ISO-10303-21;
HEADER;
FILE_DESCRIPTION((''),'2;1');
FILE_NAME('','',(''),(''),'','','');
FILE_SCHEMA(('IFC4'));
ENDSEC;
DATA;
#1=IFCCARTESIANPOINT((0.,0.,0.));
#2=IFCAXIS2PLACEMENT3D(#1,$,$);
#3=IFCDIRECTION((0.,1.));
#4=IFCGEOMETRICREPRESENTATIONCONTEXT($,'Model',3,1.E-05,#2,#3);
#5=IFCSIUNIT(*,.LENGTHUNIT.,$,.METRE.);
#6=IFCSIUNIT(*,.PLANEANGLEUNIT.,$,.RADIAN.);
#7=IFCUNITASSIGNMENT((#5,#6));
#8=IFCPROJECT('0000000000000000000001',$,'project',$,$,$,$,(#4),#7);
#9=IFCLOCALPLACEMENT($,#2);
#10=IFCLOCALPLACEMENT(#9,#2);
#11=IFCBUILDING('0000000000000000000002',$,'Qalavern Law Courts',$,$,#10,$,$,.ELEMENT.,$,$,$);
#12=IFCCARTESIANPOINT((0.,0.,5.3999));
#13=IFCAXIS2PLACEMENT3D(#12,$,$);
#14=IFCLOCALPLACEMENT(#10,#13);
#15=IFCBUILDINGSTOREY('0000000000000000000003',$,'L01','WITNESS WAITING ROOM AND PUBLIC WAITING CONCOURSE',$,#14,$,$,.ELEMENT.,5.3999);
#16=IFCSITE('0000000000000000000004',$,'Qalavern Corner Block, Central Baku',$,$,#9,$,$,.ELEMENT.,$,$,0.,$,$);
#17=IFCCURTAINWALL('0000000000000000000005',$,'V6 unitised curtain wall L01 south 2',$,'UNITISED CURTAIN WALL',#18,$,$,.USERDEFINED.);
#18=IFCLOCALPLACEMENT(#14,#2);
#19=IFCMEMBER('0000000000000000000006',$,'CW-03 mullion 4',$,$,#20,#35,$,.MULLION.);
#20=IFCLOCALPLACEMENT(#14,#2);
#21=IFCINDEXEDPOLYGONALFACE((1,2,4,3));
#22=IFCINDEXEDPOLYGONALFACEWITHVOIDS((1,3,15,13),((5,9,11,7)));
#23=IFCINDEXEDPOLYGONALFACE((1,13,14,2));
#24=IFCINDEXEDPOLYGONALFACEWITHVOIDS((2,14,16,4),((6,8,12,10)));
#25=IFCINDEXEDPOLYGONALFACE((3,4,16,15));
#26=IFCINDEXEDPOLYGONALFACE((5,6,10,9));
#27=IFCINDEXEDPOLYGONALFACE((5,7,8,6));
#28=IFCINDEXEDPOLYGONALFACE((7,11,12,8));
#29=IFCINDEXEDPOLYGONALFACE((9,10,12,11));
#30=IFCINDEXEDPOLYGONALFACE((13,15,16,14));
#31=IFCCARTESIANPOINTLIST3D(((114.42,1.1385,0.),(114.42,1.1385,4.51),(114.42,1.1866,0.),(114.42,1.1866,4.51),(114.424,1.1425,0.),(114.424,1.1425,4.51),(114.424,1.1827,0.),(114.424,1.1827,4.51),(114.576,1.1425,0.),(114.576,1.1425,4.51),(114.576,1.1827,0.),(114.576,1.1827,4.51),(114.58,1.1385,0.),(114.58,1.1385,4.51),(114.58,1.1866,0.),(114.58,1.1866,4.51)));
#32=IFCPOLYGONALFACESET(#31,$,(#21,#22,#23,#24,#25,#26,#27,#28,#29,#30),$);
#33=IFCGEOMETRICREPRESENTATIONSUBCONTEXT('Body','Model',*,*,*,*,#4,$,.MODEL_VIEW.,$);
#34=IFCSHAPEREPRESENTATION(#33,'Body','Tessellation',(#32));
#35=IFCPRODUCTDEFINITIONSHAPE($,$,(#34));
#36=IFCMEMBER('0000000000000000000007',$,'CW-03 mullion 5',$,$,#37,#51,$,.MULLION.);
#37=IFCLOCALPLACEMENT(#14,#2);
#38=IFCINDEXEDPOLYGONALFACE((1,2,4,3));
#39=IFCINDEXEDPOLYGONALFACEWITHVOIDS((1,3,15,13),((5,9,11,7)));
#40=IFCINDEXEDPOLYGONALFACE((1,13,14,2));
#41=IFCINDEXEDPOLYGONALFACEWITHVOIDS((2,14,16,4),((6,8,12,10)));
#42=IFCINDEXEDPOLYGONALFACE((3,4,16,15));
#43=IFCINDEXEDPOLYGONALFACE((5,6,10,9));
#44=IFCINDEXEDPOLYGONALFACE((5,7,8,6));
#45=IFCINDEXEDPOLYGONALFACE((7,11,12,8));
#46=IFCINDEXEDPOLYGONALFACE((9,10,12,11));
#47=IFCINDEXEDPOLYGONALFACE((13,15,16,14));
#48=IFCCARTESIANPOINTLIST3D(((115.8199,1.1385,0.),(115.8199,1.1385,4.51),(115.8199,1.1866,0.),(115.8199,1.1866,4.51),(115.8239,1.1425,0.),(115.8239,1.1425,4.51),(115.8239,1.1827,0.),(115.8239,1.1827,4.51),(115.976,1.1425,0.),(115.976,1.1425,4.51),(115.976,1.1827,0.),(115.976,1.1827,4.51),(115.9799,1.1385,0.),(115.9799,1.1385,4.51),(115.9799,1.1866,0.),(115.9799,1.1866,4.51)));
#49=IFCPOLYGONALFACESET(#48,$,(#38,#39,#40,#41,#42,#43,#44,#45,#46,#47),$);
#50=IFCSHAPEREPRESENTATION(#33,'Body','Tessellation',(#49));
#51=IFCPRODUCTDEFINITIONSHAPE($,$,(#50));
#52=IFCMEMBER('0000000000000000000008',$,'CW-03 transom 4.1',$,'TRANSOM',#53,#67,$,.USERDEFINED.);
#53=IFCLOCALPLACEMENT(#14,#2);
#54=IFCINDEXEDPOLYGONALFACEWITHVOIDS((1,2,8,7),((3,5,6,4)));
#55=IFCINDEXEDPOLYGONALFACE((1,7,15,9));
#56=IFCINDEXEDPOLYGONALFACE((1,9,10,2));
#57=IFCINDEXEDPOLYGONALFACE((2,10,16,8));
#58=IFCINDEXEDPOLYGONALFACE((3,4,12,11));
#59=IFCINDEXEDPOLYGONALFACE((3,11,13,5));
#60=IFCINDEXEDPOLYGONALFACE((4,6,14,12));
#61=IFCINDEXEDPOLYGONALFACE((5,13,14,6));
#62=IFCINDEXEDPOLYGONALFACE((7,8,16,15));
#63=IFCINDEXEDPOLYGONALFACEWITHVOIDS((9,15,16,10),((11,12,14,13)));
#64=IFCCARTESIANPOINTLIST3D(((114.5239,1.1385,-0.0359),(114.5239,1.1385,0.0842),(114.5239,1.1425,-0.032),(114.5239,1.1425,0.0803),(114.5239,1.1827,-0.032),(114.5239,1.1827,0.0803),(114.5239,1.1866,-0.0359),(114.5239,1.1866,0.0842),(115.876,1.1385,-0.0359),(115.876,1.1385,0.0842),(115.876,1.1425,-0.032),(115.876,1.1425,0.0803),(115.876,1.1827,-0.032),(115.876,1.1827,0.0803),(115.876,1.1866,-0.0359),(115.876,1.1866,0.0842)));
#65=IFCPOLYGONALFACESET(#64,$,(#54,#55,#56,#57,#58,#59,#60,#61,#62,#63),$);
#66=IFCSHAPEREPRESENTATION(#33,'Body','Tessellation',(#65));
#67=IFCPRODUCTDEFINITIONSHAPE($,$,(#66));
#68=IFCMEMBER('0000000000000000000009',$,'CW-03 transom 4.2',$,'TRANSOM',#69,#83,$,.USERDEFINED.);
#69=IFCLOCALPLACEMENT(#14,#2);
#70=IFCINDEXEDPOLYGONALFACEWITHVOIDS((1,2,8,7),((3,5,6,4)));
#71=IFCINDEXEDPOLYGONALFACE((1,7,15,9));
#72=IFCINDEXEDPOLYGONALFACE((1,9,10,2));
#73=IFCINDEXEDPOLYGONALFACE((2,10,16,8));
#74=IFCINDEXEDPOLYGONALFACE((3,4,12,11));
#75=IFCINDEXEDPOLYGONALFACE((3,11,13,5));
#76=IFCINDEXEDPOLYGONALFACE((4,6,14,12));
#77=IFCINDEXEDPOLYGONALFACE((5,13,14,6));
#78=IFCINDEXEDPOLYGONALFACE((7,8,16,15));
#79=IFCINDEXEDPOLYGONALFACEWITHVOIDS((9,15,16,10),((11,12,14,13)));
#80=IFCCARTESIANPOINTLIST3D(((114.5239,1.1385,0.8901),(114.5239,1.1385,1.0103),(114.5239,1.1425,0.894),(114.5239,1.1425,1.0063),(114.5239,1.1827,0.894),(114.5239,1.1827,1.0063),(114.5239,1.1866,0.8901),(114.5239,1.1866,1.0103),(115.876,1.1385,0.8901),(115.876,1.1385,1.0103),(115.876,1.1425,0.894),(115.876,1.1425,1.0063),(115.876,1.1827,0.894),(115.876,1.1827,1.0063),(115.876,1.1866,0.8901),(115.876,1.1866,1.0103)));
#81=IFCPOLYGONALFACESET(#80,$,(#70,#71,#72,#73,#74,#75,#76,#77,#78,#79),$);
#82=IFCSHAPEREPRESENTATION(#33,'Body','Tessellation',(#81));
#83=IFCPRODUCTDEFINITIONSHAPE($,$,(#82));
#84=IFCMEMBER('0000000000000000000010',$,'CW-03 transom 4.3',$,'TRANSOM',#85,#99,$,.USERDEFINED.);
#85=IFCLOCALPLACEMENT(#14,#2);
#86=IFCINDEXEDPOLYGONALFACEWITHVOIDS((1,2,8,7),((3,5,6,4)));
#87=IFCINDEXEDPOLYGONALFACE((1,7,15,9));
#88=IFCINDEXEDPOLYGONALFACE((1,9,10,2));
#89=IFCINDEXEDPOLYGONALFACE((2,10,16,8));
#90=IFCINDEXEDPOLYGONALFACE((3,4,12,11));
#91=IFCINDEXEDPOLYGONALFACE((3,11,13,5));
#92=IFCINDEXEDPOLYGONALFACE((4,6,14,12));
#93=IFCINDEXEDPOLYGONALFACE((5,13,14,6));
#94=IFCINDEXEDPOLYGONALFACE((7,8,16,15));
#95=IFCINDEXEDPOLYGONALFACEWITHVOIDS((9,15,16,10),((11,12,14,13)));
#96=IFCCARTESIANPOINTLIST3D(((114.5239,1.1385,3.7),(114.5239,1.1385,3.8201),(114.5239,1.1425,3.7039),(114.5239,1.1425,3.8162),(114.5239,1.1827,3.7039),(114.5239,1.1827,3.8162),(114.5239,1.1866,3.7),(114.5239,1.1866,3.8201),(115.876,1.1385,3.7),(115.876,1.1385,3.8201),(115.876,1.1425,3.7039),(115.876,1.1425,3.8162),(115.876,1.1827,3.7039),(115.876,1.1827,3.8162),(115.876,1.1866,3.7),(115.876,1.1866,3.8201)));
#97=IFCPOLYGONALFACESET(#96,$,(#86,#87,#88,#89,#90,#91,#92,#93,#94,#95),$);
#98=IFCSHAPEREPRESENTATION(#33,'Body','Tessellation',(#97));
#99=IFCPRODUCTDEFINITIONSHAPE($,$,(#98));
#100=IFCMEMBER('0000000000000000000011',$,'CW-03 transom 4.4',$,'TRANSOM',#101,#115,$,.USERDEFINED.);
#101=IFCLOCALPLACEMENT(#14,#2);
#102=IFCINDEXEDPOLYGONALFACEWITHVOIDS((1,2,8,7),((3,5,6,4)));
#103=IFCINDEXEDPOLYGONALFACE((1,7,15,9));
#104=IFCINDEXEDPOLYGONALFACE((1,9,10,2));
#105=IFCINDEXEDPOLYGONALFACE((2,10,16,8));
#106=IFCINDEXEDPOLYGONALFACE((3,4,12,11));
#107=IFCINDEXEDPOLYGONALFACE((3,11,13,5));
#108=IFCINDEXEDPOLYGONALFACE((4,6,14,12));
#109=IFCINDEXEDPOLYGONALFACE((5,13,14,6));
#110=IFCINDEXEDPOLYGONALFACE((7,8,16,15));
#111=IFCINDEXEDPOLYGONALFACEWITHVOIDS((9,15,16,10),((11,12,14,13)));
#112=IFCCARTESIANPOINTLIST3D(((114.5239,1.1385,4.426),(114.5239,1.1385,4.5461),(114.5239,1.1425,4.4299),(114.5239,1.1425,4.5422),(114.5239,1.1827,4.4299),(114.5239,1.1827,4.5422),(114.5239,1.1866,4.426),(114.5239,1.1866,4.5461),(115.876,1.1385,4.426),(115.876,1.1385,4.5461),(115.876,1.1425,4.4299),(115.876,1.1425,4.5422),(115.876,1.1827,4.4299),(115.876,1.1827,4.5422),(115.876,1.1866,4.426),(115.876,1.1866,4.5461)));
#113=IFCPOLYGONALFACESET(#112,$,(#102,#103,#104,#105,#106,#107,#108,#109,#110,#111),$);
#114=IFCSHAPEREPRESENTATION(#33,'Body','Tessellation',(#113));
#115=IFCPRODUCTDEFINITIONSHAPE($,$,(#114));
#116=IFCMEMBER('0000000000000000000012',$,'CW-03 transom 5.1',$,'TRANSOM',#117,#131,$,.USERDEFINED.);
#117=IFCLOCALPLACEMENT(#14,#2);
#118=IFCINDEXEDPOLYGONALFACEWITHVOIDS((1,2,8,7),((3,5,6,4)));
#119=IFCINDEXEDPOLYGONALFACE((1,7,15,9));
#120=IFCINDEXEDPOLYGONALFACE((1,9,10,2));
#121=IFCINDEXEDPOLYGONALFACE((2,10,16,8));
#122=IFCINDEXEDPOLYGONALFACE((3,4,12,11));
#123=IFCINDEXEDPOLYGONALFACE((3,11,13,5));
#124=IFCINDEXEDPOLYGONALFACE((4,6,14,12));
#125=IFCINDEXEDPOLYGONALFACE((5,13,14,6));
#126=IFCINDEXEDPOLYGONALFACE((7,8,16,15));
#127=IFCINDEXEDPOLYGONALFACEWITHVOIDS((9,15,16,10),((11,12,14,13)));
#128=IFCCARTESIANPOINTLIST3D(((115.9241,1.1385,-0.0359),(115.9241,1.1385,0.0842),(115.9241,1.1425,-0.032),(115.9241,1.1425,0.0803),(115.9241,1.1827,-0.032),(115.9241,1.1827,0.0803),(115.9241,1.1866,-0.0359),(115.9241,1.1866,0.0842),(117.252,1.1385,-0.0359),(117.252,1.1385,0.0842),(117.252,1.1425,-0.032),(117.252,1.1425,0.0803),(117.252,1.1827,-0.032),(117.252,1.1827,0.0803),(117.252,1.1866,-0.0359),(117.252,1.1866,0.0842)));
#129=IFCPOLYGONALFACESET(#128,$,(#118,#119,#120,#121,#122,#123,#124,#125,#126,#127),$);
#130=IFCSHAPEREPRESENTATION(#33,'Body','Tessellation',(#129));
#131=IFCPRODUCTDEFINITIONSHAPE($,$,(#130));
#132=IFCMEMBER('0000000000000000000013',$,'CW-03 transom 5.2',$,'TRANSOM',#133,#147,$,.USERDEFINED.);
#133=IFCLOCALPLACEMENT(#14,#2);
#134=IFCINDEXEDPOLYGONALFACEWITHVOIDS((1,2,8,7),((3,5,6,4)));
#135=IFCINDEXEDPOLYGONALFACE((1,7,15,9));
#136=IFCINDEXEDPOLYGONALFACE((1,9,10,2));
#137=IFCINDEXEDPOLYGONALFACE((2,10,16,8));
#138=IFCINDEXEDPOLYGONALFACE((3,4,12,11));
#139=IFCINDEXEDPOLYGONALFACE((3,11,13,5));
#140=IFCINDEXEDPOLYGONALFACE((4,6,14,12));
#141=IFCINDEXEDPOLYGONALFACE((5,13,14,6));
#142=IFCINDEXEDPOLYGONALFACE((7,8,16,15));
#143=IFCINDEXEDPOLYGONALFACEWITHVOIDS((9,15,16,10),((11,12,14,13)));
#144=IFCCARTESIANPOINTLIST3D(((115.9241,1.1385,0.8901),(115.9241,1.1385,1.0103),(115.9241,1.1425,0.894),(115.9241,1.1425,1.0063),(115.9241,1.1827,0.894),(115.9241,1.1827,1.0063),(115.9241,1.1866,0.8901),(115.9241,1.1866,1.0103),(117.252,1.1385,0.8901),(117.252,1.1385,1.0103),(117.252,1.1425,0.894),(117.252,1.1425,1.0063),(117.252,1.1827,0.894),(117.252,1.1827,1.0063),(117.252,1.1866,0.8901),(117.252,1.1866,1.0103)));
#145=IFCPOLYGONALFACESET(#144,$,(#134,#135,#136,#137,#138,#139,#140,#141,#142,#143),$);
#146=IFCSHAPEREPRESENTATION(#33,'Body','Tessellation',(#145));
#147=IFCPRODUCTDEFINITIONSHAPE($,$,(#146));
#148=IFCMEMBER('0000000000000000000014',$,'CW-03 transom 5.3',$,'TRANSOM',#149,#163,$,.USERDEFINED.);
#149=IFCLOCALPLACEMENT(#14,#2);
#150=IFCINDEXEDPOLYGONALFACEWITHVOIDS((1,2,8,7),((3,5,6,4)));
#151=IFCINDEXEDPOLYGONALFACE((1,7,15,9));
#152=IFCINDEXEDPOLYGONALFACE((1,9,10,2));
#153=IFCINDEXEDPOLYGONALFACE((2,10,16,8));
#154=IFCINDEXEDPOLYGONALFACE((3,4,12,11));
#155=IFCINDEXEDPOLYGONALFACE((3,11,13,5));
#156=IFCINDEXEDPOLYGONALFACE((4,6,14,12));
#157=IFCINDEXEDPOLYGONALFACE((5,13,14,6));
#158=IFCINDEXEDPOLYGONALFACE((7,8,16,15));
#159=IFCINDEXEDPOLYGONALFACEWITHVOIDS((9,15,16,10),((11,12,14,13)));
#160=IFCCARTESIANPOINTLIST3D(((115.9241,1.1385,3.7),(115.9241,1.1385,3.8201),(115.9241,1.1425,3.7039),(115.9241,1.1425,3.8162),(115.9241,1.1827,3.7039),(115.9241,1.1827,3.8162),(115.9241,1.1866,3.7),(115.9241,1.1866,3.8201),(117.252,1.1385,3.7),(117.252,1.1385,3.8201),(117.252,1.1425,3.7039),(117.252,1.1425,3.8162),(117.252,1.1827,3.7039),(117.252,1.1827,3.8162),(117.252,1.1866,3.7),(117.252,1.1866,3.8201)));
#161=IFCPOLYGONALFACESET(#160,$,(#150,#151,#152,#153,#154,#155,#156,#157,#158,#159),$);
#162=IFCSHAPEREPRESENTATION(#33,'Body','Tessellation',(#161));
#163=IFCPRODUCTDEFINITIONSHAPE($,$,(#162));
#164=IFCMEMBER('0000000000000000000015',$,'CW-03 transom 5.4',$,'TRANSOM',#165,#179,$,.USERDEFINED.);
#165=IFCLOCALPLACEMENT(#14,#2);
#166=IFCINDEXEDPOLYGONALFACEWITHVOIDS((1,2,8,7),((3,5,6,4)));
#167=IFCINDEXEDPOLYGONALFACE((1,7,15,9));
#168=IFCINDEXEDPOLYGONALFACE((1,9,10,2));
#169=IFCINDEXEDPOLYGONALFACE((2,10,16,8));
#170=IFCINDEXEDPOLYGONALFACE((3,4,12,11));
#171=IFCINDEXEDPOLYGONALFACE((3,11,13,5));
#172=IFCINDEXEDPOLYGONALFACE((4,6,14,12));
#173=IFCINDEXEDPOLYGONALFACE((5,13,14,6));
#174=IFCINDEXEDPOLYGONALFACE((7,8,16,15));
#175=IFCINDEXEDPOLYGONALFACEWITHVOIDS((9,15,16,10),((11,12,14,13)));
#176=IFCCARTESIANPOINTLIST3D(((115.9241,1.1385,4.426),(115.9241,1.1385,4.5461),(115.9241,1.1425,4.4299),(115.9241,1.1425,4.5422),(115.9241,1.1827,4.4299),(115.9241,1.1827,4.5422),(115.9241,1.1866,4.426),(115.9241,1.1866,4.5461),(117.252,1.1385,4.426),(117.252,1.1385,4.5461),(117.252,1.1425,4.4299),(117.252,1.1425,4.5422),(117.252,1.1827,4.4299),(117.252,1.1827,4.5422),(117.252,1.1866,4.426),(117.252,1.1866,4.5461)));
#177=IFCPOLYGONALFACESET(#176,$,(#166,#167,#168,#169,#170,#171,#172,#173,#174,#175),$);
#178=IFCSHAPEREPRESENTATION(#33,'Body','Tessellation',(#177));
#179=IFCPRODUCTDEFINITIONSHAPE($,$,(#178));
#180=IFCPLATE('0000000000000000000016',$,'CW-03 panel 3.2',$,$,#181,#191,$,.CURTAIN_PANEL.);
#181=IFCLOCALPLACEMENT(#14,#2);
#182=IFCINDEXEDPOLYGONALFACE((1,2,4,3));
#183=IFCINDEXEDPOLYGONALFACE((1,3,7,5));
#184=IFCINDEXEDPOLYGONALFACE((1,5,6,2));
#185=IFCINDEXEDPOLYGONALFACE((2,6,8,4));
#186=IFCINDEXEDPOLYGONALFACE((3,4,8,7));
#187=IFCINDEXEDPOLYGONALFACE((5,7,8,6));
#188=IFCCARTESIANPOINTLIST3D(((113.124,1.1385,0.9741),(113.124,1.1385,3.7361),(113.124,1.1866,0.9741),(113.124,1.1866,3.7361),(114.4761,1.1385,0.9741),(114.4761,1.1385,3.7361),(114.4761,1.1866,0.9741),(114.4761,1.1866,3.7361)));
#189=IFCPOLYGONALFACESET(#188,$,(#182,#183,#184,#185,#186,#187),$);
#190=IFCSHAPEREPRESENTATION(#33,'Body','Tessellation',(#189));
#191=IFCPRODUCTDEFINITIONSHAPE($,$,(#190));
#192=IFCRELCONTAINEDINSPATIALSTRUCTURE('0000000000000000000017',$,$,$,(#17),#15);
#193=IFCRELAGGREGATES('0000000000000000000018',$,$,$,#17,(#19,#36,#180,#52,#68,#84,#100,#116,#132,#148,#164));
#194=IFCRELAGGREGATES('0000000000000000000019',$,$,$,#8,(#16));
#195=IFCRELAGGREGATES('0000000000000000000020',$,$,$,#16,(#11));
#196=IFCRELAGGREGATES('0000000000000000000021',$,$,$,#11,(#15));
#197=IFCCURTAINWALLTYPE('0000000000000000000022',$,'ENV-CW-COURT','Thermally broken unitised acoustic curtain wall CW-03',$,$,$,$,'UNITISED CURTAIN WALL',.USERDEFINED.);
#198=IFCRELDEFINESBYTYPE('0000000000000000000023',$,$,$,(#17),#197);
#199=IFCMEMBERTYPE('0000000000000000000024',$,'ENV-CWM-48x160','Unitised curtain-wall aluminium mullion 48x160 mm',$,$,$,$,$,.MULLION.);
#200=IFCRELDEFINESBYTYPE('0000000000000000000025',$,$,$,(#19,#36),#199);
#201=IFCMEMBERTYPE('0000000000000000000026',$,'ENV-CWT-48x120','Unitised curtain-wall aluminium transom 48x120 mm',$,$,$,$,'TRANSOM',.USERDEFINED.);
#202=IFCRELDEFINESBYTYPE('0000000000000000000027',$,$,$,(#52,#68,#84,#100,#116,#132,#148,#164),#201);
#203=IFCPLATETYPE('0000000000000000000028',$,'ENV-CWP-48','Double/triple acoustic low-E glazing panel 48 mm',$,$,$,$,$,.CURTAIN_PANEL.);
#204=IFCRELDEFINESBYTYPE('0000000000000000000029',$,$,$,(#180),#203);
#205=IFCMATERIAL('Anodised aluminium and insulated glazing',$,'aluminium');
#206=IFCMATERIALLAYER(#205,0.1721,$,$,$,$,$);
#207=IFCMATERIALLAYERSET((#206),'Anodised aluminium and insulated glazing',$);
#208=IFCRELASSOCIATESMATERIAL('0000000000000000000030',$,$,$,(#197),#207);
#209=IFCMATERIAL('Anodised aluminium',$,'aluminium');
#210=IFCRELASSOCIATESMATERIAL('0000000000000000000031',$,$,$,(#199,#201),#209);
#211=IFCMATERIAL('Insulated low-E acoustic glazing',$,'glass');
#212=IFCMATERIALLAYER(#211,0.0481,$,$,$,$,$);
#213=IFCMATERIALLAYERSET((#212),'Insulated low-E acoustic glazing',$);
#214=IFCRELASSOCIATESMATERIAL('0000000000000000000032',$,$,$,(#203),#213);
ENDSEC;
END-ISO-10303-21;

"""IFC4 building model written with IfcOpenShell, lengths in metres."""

from ifc_helpers import new_model, si_unit, direction, frame, origin, origin_2d, place, context, subcontext, project, spatial, rectangle, hollow_rectangle, extrude, material, layer, layer_set, material_profile, profile_set, type_object, element, aggregate, save


model = new_model("IFC4")

# Units and contexts
model_context = context("Model", 3, precision=1e-05, world=origin(), true_north=direction((0.0, 1.0)))
body_context = subcontext(model_context, "Body", "Model", "MODEL_VIEW")
ifc_project = project(units=[si_unit("LENGTHUNIT", "METRE"), si_unit("PLANEANGLEUNIT", "RADIAN")], contexts=[model_context])

# Site, building, storey
site_placement = place(None, origin())
site = spatial("IfcSite", under=ifc_project, at=site_placement, Name="Qalavern Corner Block, Central Baku", CompositionType="ELEMENT", RefElevation=0.0)
building_placement = place(site_placement, origin())
building = spatial("IfcBuilding", under=site, at=building_placement, Name="Qalavern Law Courts", CompositionType="ELEMENT")
storey_placement = place(building_placement, frame((0.0, 0.0, 5.3999)))
storey = spatial("IfcBuildingStorey", under=building, at=storey_placement, Name="L01", Description="WITNESS WAITING ROOM AND PUBLIC WAITING CONCOURSE", CompositionType="ELEMENT", Elevation=5.3999)

# Curtain wall, members, plate
ifc_material_1 = material(Name="Anodised aluminium and insulated glazing", Category="aluminium")
ifc_layer_1 = layer(ifc_material_1, 0.1721)
ifc_layer_set_1 = layer_set([ifc_layer_1], Name="Anodised aluminium and insulated glazing")
curtain_wall_type = type_object("IfcCurtainWallType", Name="ENV-CW-COURT", Description="Thermally broken unitised acoustic curtain wall CW-03", ElementType="UNITISED CURTAIN WALL", PredefinedType="USERDEFINED", material=ifc_layer_set_1)
curtain_wall_placement = place(storey_placement, origin())
curtain_wall = element("IfcCurtainWall", 1, at=curtain_wall_placement, inside=storey, type_object=curtain_wall_type, Name="V6 unitised curtain wall L01 south 2", ObjectType="UNITISED CURTAIN WALL", PredefinedType="USERDEFINED")
ifc_material_2 = material(Name="Anodised aluminium", Category="aluminium")
ifc_material_profile_1 = material_profile(ifc_material_2, hollow_rectangle(XDim=0.0481, YDim=0.1599, WallThickness=0.0039, at=origin_2d()), Name="ALU MULLION 48x160")
ifc_profile_set_1 = profile_set([ifc_material_profile_1], Name="Anodised aluminium")
member_type_1 = type_object("IfcMemberType", Name="ENV-CWM-48x160", Description="Unitised curtain-wall aluminium mullion 48x160 mm", PredefinedType="MULLION", material=ifc_profile_set_1)
member_1_placement = place(storey_placement, frame((114.5, 1.1626, 0.0), z_axis=(0.0, 0.0, 1.0), x_axis=(0.0, 1.0, 0.0)))
member_1 = element("IfcMember", 2, at=member_1_placement, type_object=member_type_1, Name="CW-03 mullion 4", PredefinedType="MULLION", context=body_context, shape_type="SweptSolid", body=[
    extrude(hollow_rectangle(XDim=0.0481, YDim=0.1599, WallThickness=0.0039, at=origin_2d()), origin(), (0.0, 0.0, 1.0), 4.51),
])
member_2_placement = place(storey_placement, frame((115.8999, 1.1626, 0.0), z_axis=(0.0, 0.0, 1.0), x_axis=(0.0, 1.0, 0.0)))
member_2 = element("IfcMember", 3, at=member_2_placement, type_object=member_type_1, Name="CW-03 mullion 5", PredefinedType="MULLION", context=body_context, shape_type="SweptSolid", body=[
    extrude(hollow_rectangle(XDim=0.0481, YDim=0.1599, WallThickness=0.0039, at=origin_2d()), origin(), (0.0, 0.0, 1.0), 4.51),
])
ifc_material_profile_2 = material_profile(ifc_material_2, hollow_rectangle(XDim=0.0481, YDim=0.1201, WallThickness=0.0039, at=origin_2d()), Name="ALU TRANSOM 48x120")
ifc_profile_set_2 = profile_set([ifc_material_profile_2], Name="Anodised aluminium")
member_type_2 = type_object("IfcMemberType", Name="ENV-CWT-48x120", Description="Unitised curtain-wall aluminium transom 48x120 mm", ElementType="TRANSOM", PredefinedType="USERDEFINED", material=ifc_profile_set_2)
member_3_placement = place(storey_placement, frame((114.5239, 1.1626, 0.0242), z_axis=(1.0, 0.0, 0.0), x_axis=(0.0, 1.0, 0.0)))
member_3 = element("IfcMember", 4, at=member_3_placement, type_object=member_type_2, Name="CW-03 transom 4.1", ObjectType="TRANSOM", PredefinedType="USERDEFINED", context=body_context, shape_type="SweptSolid", body=[
    extrude(hollow_rectangle(XDim=0.0481, YDim=0.1201, WallThickness=0.0039, at=origin_2d()), origin(), (0.0, 0.0, 1.0), 1.3521),
])
member_4_placement = place(storey_placement, frame((114.5239, 1.1626, 0.9502), z_axis=(1.0, 0.0, 0.0), x_axis=(0.0, 1.0, 0.0)))
member_4 = element("IfcMember", 5, at=member_4_placement, type_object=member_type_2, Name="CW-03 transom 4.2", ObjectType="TRANSOM", PredefinedType="USERDEFINED", context=body_context, shape_type="SweptSolid", body=[
    extrude(hollow_rectangle(XDim=0.0481, YDim=0.1201, WallThickness=0.0039, at=origin_2d()), origin(), (0.0, 0.0, 1.0), 1.3521),
])
member_5_placement = place(storey_placement, frame((114.5239, 1.1626, 3.76), z_axis=(1.0, 0.0, 0.0), x_axis=(0.0, 1.0, 0.0)))
member_5 = element("IfcMember", 6, at=member_5_placement, type_object=member_type_2, Name="CW-03 transom 4.3", ObjectType="TRANSOM", PredefinedType="USERDEFINED", context=body_context, shape_type="SweptSolid", body=[
    extrude(hollow_rectangle(XDim=0.0481, YDim=0.1201, WallThickness=0.0039, at=origin_2d()), origin(), (0.0, 0.0, 1.0), 1.3521),
])
member_6_placement = place(storey_placement, frame((114.5239, 1.1626, 4.4861), z_axis=(1.0, 0.0, 0.0), x_axis=(0.0, 1.0, 0.0)))
member_6 = element("IfcMember", 7, at=member_6_placement, type_object=member_type_2, Name="CW-03 transom 4.4", ObjectType="TRANSOM", PredefinedType="USERDEFINED", context=body_context, shape_type="SweptSolid", body=[
    extrude(hollow_rectangle(XDim=0.0481, YDim=0.1201, WallThickness=0.0039, at=origin_2d()), origin(), (0.0, 0.0, 1.0), 1.3521),
])
member_7_placement = place(storey_placement, frame((115.9241, 1.1626, 0.0242), z_axis=(1.0, 0.0, 0.0), x_axis=(0.0, 1.0, 0.0)))
member_7 = element("IfcMember", 8, at=member_7_placement, type_object=member_type_2, Name="CW-03 transom 5.1", ObjectType="TRANSOM", PredefinedType="USERDEFINED", context=body_context, shape_type="SweptSolid", body=[
    extrude(hollow_rectangle(XDim=0.0481, YDim=0.1201, WallThickness=0.0039, at=origin_2d()), origin(), (0.0, 0.0, 1.0), 1.3279),
])
member_8_placement = place(storey_placement, frame((115.9241, 1.1626, 0.9502), z_axis=(1.0, 0.0, 0.0), x_axis=(0.0, 1.0, 0.0)))
member_8 = element("IfcMember", 9, at=member_8_placement, type_object=member_type_2, Name="CW-03 transom 5.2", ObjectType="TRANSOM", PredefinedType="USERDEFINED", context=body_context, shape_type="SweptSolid", body=[
    extrude(hollow_rectangle(XDim=0.0481, YDim=0.1201, WallThickness=0.0039, at=origin_2d()), origin(), (0.0, 0.0, 1.0), 1.3279),
])
member_9_placement = place(storey_placement, frame((115.9241, 1.1626, 3.76), z_axis=(1.0, 0.0, 0.0), x_axis=(0.0, 1.0, 0.0)))
member_9 = element("IfcMember", 10, at=member_9_placement, type_object=member_type_2, Name="CW-03 transom 5.3", ObjectType="TRANSOM", PredefinedType="USERDEFINED", context=body_context, shape_type="SweptSolid", body=[
    extrude(hollow_rectangle(XDim=0.0481, YDim=0.1201, WallThickness=0.0039, at=origin_2d()), origin(), (0.0, 0.0, 1.0), 1.3279),
])
member_10_placement = place(storey_placement, frame((115.9241, 1.1626, 4.4861), z_axis=(1.0, 0.0, 0.0), x_axis=(0.0, 1.0, 0.0)))
member_10 = element("IfcMember", 11, at=member_10_placement, type_object=member_type_2, Name="CW-03 transom 5.4", ObjectType="TRANSOM", PredefinedType="USERDEFINED", context=body_context, shape_type="SweptSolid", body=[
    extrude(hollow_rectangle(XDim=0.0481, YDim=0.1201, WallThickness=0.0039, at=origin_2d()), origin(), (0.0, 0.0, 1.0), 1.3279),
])
ifc_material_3 = material(Name="Insulated low-E acoustic glazing", Category="glass")
ifc_layer_2 = layer(ifc_material_3, 0.0481)
ifc_layer_set_2 = layer_set([ifc_layer_2], Name="Insulated low-E acoustic glazing")
plate_type = type_object("IfcPlateType", Name="ENV-CWP-48", Description="Double/triple acoustic low-E glazing panel 48 mm", PredefinedType="CURTAIN_PANEL", material=ifc_layer_set_2)
plate_1_placement = place(storey_placement, frame((113.8, 1.1626, 0.9741), z_axis=(0.0, 0.0, 1.0), x_axis=(1.0, 0.0, 0.0)))
plate_1 = element("IfcPlate", 12, at=plate_1_placement, type_object=plate_type, Name="CW-03 panel 3.2", PredefinedType="CURTAIN_PANEL", context=body_context, shape_type="SweptSolid", body=[
    extrude(rectangle(XDim=1.3521, YDim=0.0481, at=origin_2d()), origin(), (0.0, 0.0, 1.0), 2.762),
])
aggregate(curtain_wall, [member_1, member_2, plate_1, member_3, member_4, member_5, member_6, member_7, member_8, member_9, member_10])

save(model, "model.ifc")
